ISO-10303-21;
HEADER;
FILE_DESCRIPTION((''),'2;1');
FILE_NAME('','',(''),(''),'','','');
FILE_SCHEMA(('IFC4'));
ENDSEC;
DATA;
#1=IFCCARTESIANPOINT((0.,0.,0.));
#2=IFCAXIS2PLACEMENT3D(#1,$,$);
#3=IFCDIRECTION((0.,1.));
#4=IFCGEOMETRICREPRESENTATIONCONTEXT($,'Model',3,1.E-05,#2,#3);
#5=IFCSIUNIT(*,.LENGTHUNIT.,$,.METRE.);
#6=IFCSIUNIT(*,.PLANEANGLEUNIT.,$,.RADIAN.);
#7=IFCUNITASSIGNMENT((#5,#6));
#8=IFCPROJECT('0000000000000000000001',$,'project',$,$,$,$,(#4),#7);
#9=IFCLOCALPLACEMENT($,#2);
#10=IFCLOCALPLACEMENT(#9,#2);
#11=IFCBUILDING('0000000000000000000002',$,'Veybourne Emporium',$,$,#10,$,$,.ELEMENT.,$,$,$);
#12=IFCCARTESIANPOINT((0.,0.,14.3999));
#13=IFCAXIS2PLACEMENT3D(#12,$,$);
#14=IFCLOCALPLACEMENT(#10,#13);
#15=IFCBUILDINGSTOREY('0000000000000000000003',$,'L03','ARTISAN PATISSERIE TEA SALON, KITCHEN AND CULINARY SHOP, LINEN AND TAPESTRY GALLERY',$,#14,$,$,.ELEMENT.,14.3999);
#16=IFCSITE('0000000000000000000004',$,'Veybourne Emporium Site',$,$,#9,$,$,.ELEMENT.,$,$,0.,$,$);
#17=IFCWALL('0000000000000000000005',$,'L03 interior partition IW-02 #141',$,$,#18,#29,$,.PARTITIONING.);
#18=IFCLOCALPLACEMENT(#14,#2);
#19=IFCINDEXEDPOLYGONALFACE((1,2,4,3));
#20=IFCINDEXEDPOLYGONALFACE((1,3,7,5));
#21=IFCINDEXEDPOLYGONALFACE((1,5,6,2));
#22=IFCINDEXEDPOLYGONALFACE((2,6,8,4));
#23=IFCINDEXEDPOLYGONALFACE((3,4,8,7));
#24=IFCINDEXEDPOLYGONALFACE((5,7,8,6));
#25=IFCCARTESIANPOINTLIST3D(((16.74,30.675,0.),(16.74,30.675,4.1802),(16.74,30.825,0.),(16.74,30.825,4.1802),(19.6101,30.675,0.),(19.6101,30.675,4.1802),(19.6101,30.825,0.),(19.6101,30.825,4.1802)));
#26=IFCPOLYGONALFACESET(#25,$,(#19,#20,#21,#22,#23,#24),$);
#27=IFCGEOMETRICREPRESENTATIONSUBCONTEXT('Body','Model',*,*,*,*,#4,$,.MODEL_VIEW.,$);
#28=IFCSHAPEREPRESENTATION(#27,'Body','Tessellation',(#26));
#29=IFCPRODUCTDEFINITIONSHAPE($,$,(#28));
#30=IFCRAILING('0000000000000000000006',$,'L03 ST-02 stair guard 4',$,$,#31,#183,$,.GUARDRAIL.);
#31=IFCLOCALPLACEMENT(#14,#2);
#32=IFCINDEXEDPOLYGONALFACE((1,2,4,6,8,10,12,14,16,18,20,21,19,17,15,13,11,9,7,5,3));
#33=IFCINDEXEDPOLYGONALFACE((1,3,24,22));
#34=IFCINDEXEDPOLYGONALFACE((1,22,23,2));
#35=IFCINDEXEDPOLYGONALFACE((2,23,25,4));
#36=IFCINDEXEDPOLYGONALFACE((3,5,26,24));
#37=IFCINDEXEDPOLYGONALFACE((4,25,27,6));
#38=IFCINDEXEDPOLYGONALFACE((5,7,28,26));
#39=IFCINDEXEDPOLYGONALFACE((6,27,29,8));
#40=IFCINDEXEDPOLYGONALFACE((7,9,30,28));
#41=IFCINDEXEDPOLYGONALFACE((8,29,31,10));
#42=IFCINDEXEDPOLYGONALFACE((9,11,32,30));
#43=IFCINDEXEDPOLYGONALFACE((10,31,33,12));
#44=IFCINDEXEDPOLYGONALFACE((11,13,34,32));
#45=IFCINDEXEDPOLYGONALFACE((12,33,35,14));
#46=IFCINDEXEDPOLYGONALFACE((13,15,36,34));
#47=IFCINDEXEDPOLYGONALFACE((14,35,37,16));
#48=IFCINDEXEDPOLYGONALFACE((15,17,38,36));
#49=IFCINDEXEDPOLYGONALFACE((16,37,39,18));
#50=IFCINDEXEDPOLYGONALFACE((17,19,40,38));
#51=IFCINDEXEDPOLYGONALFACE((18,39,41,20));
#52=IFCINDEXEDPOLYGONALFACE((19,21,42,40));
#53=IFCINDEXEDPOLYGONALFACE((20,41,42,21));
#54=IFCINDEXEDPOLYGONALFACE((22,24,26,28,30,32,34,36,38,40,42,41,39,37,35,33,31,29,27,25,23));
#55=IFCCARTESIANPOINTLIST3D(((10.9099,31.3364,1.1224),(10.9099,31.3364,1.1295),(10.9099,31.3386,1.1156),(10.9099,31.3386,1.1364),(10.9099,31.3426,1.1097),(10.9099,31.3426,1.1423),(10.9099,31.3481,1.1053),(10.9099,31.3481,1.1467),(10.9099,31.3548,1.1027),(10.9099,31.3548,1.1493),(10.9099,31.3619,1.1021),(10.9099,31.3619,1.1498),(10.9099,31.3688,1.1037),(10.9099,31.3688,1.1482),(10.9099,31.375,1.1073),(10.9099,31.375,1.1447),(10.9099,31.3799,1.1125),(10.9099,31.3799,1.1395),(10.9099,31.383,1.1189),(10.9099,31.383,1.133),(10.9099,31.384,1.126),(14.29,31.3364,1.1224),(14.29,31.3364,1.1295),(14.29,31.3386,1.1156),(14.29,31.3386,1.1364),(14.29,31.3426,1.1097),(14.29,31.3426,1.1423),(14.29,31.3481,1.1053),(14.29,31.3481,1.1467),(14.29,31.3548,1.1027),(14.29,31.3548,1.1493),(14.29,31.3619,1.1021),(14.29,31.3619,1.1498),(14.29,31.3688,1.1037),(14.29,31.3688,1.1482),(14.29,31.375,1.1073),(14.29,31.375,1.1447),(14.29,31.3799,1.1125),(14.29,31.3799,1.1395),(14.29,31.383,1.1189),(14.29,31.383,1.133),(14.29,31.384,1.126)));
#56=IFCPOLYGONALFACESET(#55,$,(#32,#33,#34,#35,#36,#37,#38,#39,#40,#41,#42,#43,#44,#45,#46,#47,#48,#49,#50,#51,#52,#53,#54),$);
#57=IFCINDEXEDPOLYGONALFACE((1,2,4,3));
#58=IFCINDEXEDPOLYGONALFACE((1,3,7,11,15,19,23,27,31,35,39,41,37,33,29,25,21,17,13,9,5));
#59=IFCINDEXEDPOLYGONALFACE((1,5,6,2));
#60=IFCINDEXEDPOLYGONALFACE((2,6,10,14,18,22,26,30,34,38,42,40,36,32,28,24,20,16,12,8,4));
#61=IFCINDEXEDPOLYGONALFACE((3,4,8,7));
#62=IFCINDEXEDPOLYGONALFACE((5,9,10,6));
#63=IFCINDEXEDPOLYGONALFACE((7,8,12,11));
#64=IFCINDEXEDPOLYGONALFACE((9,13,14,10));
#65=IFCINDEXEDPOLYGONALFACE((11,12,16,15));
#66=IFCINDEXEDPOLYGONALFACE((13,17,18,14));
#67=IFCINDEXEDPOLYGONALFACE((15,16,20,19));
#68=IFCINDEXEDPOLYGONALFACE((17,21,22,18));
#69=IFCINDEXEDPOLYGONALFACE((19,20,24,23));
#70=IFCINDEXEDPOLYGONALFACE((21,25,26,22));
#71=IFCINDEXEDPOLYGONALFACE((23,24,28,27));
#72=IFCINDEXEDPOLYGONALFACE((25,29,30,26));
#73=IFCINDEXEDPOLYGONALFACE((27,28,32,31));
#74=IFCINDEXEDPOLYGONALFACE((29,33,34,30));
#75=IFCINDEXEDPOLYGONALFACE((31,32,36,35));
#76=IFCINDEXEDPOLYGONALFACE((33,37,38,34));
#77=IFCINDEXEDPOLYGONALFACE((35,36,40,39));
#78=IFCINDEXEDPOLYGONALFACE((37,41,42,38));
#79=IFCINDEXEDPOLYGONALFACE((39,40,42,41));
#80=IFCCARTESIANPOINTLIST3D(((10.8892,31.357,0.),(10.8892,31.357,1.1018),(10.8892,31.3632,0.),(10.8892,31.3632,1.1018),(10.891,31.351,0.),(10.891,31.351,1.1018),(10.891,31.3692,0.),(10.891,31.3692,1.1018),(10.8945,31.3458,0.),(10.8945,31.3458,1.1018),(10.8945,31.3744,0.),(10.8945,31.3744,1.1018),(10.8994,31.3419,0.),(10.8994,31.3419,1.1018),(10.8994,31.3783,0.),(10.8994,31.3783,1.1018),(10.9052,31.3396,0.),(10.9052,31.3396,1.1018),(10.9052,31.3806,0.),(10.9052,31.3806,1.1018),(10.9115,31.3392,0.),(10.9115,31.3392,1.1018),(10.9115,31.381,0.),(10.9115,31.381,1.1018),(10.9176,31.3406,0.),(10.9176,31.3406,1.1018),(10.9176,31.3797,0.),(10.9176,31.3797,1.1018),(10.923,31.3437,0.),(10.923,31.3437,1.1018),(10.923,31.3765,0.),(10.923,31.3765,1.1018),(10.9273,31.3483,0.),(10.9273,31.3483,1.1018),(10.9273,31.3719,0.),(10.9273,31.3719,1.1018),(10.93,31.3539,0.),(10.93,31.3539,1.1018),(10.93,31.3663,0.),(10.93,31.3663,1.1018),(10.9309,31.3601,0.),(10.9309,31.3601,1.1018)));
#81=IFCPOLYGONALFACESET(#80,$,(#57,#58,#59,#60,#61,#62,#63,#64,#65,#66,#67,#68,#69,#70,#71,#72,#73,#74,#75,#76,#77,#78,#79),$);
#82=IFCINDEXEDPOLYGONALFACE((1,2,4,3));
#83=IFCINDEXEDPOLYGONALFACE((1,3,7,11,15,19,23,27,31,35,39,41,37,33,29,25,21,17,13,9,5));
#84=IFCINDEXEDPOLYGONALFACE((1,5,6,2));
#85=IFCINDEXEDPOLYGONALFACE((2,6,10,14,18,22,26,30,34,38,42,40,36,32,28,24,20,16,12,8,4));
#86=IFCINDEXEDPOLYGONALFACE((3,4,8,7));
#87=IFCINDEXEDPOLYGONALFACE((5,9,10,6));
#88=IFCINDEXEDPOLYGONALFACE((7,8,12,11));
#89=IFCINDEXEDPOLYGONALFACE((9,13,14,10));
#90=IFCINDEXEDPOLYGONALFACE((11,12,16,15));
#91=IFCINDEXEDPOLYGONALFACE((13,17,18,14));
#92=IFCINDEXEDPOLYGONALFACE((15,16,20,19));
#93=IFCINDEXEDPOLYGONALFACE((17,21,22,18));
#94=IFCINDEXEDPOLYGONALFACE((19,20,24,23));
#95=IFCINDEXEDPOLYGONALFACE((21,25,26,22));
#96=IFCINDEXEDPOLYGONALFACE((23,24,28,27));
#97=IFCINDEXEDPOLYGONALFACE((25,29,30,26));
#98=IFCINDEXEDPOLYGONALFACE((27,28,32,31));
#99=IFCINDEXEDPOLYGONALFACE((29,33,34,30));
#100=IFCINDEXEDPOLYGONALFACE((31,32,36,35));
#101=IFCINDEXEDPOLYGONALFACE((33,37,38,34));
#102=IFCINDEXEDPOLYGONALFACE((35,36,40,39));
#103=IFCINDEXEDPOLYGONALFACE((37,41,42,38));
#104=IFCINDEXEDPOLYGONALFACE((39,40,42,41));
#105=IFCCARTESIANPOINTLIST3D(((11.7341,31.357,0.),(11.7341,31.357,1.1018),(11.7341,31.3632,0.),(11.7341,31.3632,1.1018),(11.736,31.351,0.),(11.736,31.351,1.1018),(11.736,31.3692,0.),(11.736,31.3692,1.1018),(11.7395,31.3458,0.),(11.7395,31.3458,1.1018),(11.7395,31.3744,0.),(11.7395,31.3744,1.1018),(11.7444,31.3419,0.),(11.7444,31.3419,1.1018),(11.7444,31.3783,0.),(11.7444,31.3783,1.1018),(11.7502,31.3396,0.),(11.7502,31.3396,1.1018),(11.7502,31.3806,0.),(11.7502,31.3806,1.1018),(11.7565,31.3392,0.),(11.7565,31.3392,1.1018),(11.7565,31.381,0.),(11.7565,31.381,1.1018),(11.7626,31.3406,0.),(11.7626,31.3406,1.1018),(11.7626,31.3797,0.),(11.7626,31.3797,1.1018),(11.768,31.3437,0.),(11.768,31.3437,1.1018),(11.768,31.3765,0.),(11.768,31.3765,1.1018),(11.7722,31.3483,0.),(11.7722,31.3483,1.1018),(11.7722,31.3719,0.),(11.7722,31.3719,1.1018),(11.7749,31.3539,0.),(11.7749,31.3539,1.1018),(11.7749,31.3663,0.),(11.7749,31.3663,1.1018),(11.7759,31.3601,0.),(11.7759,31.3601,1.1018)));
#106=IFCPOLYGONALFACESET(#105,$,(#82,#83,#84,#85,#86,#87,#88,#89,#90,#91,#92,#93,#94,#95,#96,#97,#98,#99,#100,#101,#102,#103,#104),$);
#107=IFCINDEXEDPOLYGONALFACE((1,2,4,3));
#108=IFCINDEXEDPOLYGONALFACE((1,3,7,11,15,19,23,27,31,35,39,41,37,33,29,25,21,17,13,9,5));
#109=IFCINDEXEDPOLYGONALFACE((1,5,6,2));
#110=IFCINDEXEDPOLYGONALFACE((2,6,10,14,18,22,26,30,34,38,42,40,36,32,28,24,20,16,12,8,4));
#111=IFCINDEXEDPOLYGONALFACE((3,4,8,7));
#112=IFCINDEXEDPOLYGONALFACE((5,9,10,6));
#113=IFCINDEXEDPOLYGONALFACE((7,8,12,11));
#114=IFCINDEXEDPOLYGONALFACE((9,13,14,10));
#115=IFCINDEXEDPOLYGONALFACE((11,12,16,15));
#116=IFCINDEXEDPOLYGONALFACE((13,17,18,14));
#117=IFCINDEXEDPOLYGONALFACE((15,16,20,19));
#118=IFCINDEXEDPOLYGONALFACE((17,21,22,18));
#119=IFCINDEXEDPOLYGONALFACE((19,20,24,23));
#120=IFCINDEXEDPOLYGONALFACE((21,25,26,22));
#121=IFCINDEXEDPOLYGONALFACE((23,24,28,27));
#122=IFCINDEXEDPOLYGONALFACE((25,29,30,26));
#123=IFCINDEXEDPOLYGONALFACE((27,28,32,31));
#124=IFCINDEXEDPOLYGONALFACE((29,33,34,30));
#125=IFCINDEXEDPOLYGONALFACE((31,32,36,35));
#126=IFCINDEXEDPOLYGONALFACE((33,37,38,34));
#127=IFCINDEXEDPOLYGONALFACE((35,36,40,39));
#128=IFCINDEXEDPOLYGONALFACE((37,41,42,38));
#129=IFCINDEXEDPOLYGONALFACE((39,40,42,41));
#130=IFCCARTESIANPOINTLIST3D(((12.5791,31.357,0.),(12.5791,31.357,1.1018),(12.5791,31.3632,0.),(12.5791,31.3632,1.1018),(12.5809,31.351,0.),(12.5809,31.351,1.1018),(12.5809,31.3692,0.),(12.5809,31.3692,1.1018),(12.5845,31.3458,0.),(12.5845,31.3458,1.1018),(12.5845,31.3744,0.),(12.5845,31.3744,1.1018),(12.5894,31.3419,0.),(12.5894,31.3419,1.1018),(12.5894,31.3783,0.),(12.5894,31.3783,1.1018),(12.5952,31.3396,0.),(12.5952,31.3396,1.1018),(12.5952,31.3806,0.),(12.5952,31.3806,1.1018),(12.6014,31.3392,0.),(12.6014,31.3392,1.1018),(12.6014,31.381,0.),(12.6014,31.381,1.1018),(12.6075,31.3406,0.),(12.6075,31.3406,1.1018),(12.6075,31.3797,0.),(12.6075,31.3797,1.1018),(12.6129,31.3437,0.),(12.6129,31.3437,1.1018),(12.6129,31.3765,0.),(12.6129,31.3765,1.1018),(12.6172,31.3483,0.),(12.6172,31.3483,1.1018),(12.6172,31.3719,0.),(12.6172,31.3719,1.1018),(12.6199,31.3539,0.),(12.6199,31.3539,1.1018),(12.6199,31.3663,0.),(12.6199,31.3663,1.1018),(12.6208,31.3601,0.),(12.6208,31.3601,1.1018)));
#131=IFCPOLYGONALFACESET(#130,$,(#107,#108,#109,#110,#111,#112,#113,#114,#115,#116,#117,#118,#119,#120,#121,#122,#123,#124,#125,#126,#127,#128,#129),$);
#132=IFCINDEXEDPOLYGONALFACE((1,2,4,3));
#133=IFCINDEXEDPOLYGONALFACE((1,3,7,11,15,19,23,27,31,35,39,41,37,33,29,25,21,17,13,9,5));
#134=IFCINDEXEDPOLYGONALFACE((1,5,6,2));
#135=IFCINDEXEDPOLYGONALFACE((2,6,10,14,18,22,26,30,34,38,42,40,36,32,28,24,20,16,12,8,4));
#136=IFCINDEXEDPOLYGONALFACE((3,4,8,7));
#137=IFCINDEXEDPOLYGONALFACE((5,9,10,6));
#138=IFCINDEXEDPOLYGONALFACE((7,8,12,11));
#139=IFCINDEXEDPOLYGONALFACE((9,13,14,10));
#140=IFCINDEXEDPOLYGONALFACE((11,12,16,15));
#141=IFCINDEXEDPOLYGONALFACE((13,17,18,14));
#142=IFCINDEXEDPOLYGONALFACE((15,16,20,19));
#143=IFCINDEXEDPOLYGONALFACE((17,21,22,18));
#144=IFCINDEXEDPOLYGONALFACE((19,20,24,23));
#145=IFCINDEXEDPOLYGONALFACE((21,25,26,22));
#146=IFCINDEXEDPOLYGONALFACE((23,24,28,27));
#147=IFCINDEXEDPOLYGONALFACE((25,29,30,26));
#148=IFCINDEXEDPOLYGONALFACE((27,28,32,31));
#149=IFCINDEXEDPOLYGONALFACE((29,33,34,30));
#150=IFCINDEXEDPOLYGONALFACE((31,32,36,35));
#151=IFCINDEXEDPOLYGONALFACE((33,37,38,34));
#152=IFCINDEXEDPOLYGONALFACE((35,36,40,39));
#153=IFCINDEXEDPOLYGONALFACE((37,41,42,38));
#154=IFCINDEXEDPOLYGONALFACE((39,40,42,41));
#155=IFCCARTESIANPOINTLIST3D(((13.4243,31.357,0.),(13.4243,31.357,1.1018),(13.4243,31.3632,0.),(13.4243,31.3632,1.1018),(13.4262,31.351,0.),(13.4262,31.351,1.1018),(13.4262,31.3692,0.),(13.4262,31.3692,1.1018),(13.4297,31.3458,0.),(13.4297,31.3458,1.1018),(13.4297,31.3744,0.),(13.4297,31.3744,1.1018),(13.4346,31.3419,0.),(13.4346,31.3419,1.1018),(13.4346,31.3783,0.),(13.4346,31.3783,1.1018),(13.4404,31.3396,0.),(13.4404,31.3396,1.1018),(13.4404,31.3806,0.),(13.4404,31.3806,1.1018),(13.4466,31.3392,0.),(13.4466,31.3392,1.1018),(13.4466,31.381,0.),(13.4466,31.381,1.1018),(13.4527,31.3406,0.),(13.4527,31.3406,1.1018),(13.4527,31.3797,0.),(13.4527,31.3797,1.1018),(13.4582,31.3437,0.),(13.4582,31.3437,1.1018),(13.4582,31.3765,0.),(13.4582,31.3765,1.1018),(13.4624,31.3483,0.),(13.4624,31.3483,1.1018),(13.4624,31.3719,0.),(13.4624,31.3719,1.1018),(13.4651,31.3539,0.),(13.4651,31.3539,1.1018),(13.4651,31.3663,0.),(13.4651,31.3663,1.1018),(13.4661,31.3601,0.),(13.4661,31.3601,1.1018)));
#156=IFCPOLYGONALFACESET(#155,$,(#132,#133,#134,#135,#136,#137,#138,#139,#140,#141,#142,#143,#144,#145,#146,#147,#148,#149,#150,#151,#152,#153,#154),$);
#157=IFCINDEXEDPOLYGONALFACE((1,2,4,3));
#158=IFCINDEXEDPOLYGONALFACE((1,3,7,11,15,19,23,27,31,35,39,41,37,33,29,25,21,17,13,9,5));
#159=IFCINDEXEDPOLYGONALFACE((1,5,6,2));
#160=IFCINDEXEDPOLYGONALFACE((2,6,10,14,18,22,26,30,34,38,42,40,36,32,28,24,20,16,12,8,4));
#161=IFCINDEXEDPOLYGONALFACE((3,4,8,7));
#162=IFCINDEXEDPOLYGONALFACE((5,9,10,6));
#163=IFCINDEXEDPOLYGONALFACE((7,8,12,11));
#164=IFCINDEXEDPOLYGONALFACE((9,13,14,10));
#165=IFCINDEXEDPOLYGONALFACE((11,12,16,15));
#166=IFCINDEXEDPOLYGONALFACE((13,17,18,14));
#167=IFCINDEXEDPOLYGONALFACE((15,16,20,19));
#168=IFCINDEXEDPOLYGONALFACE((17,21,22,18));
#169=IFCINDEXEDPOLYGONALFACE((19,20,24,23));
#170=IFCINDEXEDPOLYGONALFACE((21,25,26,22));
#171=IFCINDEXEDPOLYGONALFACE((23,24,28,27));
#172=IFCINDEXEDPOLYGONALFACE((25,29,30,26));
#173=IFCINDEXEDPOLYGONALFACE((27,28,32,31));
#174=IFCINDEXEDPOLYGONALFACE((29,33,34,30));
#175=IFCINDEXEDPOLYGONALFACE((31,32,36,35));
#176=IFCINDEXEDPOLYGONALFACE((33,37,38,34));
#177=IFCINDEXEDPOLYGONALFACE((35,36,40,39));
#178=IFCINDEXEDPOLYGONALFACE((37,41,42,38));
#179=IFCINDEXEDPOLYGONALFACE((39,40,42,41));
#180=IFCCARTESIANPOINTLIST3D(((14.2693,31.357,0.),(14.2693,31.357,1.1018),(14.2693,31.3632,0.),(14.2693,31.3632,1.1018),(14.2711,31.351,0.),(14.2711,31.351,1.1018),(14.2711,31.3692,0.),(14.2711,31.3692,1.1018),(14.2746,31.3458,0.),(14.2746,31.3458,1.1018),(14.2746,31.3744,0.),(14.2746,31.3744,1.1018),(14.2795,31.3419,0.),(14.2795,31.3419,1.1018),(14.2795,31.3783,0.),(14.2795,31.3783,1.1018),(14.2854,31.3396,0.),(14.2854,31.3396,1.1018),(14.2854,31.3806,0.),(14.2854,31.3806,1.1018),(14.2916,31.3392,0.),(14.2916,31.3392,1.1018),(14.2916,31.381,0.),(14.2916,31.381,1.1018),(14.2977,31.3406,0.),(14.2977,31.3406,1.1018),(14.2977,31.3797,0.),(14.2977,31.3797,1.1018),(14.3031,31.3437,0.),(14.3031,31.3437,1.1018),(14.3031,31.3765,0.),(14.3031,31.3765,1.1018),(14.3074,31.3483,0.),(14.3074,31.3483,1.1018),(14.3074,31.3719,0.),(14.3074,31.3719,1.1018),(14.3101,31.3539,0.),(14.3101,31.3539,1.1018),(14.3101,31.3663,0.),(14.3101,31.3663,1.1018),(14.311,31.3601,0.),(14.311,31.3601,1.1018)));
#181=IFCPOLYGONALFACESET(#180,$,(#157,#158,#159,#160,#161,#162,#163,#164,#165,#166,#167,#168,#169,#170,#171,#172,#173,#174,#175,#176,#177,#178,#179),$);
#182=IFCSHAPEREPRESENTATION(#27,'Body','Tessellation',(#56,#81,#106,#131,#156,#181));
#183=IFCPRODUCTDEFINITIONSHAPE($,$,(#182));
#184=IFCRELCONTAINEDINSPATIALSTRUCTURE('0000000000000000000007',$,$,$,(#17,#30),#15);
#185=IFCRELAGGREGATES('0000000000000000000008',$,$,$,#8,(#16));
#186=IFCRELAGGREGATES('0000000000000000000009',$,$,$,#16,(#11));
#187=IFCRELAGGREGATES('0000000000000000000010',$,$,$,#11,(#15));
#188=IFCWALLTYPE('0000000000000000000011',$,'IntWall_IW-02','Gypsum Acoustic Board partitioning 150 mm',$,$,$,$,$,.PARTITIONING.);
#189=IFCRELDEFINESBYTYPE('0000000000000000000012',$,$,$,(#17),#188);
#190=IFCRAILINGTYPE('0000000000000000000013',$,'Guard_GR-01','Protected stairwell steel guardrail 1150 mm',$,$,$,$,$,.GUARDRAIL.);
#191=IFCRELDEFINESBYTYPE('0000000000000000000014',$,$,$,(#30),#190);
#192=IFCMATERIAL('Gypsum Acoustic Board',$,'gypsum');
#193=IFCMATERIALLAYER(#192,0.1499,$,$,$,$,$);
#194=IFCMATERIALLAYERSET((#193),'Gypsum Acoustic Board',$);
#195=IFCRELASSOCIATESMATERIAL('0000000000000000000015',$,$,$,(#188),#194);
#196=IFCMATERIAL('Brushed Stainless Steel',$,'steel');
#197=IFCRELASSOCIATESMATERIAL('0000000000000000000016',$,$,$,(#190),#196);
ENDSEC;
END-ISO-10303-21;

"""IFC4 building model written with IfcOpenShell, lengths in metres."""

from ifc_helpers import new_model, si_unit, direction, frame, frame_2d, origin, origin_2d, place, context, subcontext, project, spatial, rectangle, circle, extrude, material, layer, layer_set, type_object, element, save


model = new_model("IFC4")

# Units and contexts
model_context = context("Model", 3, precision=1e-05, world=origin(), true_north=direction((0.0, 1.0)))
body_context = subcontext(model_context, "Body", "Model", "MODEL_VIEW")
ifc_project = project(units=[si_unit("LENGTHUNIT", "METRE"), si_unit("PLANEANGLEUNIT", "RADIAN")], contexts=[model_context])

# Site, building, storey
site_placement = place(None, origin())
site = spatial("IfcSite", under=ifc_project, at=site_placement, Name="Veybourne Emporium Site", CompositionType="ELEMENT", RefElevation=0.0)
building_placement = place(site_placement, origin())
building = spatial("IfcBuilding", under=site, at=building_placement, Name="Veybourne Emporium", CompositionType="ELEMENT")
storey_placement = place(building_placement, frame((0.0, 0.0, 14.3999)))
storey = spatial("IfcBuildingStorey", under=building, at=storey_placement, Name="L03", Description="ARTISAN PATISSERIE TEA SALON, KITCHEN AND CULINARY SHOP, LINEN AND TAPESTRY GALLERY", CompositionType="ELEMENT", Elevation=14.3999)

# Wall
ifc_material_1 = material(Name="Gypsum Acoustic Board", Category="gypsum")
ifc_layer_1 = layer(ifc_material_1, 0.1499)
ifc_layer_set_1 = layer_set([ifc_layer_1], Name="Gypsum Acoustic Board")
wall_type_1 = type_object("IfcWallType", Name="IntWall_IW-02", Description="Gypsum Acoustic Board partitioning 150 mm", PredefinedType="PARTITIONING", material=ifc_layer_set_1)
wall_1_placement = place(storey_placement, frame((16.74, 30.75, 0.0), z_axis=(0.0, 0.0, 1.0), x_axis=(1.0, 0.0, 0.0)))
element("IfcWall", 1, at=wall_1_placement, inside=storey, type_object=wall_type_1, Name="L03 interior partition IW-02 #141", PredefinedType="PARTITIONING", context=body_context, shape_type="SweptSolid", body=[
    extrude(rectangle(XDim=2.8701, YDim=0.1499, at=frame_2d((1.4351, 0.0))), origin(), (0.0, 0.0, 1.0), 4.1802),
])

# Railing
ifc_material_2 = material(Name="Brushed Stainless Steel", Category="steel")
railing_type_1 = type_object("IfcRailingType", Name="Guard_GR-01", Description="Protected stairwell steel guardrail 1150 mm", PredefinedType="GUARDRAIL", material=ifc_material_2)
railing_1_placement = place(storey_placement, frame((10.9099, 31.3601, 0.0)))
element("IfcRailing", 2, at=railing_1_placement, inside=storey, type_object=railing_type_1, Name="L03 ST-02 stair guard 4", PredefinedType="GUARDRAIL", context=body_context, shape_type="SweptSolid", body=[
    extrude(circle(Radius=0.0239, at=origin_2d()), frame((0.0, 0.0, 1.126), z_axis=(1.0, 0.0, 0.0), x_axis=(0.0, 1.0, 0.0)), (0.0, 0.0, 1.0), 3.3801),
    extrude(circle(Radius=0.021, at=origin_2d()), origin(), (0.0, 0.0, 1.0), 1.1018),
    extrude(circle(Radius=0.021, at=origin_2d()), frame((0.845, 0.0, 0.0)), (0.0, 0.0, 1.0), 1.1018),
    extrude(circle(Radius=0.021, at=origin_2d()), frame((1.6899, 0.0, 0.0)), (0.0, 0.0, 1.0), 1.1018),
    extrude(circle(Radius=0.021, at=origin_2d()), frame((2.5352, 0.0, 0.0)), (0.0, 0.0, 1.0), 1.1018),
    extrude(circle(Radius=0.021, at=origin_2d()), frame((3.3801, 0.0, 0.0)), (0.0, 0.0, 1.0), 1.1018),
])

save(model, "model.ifc")
